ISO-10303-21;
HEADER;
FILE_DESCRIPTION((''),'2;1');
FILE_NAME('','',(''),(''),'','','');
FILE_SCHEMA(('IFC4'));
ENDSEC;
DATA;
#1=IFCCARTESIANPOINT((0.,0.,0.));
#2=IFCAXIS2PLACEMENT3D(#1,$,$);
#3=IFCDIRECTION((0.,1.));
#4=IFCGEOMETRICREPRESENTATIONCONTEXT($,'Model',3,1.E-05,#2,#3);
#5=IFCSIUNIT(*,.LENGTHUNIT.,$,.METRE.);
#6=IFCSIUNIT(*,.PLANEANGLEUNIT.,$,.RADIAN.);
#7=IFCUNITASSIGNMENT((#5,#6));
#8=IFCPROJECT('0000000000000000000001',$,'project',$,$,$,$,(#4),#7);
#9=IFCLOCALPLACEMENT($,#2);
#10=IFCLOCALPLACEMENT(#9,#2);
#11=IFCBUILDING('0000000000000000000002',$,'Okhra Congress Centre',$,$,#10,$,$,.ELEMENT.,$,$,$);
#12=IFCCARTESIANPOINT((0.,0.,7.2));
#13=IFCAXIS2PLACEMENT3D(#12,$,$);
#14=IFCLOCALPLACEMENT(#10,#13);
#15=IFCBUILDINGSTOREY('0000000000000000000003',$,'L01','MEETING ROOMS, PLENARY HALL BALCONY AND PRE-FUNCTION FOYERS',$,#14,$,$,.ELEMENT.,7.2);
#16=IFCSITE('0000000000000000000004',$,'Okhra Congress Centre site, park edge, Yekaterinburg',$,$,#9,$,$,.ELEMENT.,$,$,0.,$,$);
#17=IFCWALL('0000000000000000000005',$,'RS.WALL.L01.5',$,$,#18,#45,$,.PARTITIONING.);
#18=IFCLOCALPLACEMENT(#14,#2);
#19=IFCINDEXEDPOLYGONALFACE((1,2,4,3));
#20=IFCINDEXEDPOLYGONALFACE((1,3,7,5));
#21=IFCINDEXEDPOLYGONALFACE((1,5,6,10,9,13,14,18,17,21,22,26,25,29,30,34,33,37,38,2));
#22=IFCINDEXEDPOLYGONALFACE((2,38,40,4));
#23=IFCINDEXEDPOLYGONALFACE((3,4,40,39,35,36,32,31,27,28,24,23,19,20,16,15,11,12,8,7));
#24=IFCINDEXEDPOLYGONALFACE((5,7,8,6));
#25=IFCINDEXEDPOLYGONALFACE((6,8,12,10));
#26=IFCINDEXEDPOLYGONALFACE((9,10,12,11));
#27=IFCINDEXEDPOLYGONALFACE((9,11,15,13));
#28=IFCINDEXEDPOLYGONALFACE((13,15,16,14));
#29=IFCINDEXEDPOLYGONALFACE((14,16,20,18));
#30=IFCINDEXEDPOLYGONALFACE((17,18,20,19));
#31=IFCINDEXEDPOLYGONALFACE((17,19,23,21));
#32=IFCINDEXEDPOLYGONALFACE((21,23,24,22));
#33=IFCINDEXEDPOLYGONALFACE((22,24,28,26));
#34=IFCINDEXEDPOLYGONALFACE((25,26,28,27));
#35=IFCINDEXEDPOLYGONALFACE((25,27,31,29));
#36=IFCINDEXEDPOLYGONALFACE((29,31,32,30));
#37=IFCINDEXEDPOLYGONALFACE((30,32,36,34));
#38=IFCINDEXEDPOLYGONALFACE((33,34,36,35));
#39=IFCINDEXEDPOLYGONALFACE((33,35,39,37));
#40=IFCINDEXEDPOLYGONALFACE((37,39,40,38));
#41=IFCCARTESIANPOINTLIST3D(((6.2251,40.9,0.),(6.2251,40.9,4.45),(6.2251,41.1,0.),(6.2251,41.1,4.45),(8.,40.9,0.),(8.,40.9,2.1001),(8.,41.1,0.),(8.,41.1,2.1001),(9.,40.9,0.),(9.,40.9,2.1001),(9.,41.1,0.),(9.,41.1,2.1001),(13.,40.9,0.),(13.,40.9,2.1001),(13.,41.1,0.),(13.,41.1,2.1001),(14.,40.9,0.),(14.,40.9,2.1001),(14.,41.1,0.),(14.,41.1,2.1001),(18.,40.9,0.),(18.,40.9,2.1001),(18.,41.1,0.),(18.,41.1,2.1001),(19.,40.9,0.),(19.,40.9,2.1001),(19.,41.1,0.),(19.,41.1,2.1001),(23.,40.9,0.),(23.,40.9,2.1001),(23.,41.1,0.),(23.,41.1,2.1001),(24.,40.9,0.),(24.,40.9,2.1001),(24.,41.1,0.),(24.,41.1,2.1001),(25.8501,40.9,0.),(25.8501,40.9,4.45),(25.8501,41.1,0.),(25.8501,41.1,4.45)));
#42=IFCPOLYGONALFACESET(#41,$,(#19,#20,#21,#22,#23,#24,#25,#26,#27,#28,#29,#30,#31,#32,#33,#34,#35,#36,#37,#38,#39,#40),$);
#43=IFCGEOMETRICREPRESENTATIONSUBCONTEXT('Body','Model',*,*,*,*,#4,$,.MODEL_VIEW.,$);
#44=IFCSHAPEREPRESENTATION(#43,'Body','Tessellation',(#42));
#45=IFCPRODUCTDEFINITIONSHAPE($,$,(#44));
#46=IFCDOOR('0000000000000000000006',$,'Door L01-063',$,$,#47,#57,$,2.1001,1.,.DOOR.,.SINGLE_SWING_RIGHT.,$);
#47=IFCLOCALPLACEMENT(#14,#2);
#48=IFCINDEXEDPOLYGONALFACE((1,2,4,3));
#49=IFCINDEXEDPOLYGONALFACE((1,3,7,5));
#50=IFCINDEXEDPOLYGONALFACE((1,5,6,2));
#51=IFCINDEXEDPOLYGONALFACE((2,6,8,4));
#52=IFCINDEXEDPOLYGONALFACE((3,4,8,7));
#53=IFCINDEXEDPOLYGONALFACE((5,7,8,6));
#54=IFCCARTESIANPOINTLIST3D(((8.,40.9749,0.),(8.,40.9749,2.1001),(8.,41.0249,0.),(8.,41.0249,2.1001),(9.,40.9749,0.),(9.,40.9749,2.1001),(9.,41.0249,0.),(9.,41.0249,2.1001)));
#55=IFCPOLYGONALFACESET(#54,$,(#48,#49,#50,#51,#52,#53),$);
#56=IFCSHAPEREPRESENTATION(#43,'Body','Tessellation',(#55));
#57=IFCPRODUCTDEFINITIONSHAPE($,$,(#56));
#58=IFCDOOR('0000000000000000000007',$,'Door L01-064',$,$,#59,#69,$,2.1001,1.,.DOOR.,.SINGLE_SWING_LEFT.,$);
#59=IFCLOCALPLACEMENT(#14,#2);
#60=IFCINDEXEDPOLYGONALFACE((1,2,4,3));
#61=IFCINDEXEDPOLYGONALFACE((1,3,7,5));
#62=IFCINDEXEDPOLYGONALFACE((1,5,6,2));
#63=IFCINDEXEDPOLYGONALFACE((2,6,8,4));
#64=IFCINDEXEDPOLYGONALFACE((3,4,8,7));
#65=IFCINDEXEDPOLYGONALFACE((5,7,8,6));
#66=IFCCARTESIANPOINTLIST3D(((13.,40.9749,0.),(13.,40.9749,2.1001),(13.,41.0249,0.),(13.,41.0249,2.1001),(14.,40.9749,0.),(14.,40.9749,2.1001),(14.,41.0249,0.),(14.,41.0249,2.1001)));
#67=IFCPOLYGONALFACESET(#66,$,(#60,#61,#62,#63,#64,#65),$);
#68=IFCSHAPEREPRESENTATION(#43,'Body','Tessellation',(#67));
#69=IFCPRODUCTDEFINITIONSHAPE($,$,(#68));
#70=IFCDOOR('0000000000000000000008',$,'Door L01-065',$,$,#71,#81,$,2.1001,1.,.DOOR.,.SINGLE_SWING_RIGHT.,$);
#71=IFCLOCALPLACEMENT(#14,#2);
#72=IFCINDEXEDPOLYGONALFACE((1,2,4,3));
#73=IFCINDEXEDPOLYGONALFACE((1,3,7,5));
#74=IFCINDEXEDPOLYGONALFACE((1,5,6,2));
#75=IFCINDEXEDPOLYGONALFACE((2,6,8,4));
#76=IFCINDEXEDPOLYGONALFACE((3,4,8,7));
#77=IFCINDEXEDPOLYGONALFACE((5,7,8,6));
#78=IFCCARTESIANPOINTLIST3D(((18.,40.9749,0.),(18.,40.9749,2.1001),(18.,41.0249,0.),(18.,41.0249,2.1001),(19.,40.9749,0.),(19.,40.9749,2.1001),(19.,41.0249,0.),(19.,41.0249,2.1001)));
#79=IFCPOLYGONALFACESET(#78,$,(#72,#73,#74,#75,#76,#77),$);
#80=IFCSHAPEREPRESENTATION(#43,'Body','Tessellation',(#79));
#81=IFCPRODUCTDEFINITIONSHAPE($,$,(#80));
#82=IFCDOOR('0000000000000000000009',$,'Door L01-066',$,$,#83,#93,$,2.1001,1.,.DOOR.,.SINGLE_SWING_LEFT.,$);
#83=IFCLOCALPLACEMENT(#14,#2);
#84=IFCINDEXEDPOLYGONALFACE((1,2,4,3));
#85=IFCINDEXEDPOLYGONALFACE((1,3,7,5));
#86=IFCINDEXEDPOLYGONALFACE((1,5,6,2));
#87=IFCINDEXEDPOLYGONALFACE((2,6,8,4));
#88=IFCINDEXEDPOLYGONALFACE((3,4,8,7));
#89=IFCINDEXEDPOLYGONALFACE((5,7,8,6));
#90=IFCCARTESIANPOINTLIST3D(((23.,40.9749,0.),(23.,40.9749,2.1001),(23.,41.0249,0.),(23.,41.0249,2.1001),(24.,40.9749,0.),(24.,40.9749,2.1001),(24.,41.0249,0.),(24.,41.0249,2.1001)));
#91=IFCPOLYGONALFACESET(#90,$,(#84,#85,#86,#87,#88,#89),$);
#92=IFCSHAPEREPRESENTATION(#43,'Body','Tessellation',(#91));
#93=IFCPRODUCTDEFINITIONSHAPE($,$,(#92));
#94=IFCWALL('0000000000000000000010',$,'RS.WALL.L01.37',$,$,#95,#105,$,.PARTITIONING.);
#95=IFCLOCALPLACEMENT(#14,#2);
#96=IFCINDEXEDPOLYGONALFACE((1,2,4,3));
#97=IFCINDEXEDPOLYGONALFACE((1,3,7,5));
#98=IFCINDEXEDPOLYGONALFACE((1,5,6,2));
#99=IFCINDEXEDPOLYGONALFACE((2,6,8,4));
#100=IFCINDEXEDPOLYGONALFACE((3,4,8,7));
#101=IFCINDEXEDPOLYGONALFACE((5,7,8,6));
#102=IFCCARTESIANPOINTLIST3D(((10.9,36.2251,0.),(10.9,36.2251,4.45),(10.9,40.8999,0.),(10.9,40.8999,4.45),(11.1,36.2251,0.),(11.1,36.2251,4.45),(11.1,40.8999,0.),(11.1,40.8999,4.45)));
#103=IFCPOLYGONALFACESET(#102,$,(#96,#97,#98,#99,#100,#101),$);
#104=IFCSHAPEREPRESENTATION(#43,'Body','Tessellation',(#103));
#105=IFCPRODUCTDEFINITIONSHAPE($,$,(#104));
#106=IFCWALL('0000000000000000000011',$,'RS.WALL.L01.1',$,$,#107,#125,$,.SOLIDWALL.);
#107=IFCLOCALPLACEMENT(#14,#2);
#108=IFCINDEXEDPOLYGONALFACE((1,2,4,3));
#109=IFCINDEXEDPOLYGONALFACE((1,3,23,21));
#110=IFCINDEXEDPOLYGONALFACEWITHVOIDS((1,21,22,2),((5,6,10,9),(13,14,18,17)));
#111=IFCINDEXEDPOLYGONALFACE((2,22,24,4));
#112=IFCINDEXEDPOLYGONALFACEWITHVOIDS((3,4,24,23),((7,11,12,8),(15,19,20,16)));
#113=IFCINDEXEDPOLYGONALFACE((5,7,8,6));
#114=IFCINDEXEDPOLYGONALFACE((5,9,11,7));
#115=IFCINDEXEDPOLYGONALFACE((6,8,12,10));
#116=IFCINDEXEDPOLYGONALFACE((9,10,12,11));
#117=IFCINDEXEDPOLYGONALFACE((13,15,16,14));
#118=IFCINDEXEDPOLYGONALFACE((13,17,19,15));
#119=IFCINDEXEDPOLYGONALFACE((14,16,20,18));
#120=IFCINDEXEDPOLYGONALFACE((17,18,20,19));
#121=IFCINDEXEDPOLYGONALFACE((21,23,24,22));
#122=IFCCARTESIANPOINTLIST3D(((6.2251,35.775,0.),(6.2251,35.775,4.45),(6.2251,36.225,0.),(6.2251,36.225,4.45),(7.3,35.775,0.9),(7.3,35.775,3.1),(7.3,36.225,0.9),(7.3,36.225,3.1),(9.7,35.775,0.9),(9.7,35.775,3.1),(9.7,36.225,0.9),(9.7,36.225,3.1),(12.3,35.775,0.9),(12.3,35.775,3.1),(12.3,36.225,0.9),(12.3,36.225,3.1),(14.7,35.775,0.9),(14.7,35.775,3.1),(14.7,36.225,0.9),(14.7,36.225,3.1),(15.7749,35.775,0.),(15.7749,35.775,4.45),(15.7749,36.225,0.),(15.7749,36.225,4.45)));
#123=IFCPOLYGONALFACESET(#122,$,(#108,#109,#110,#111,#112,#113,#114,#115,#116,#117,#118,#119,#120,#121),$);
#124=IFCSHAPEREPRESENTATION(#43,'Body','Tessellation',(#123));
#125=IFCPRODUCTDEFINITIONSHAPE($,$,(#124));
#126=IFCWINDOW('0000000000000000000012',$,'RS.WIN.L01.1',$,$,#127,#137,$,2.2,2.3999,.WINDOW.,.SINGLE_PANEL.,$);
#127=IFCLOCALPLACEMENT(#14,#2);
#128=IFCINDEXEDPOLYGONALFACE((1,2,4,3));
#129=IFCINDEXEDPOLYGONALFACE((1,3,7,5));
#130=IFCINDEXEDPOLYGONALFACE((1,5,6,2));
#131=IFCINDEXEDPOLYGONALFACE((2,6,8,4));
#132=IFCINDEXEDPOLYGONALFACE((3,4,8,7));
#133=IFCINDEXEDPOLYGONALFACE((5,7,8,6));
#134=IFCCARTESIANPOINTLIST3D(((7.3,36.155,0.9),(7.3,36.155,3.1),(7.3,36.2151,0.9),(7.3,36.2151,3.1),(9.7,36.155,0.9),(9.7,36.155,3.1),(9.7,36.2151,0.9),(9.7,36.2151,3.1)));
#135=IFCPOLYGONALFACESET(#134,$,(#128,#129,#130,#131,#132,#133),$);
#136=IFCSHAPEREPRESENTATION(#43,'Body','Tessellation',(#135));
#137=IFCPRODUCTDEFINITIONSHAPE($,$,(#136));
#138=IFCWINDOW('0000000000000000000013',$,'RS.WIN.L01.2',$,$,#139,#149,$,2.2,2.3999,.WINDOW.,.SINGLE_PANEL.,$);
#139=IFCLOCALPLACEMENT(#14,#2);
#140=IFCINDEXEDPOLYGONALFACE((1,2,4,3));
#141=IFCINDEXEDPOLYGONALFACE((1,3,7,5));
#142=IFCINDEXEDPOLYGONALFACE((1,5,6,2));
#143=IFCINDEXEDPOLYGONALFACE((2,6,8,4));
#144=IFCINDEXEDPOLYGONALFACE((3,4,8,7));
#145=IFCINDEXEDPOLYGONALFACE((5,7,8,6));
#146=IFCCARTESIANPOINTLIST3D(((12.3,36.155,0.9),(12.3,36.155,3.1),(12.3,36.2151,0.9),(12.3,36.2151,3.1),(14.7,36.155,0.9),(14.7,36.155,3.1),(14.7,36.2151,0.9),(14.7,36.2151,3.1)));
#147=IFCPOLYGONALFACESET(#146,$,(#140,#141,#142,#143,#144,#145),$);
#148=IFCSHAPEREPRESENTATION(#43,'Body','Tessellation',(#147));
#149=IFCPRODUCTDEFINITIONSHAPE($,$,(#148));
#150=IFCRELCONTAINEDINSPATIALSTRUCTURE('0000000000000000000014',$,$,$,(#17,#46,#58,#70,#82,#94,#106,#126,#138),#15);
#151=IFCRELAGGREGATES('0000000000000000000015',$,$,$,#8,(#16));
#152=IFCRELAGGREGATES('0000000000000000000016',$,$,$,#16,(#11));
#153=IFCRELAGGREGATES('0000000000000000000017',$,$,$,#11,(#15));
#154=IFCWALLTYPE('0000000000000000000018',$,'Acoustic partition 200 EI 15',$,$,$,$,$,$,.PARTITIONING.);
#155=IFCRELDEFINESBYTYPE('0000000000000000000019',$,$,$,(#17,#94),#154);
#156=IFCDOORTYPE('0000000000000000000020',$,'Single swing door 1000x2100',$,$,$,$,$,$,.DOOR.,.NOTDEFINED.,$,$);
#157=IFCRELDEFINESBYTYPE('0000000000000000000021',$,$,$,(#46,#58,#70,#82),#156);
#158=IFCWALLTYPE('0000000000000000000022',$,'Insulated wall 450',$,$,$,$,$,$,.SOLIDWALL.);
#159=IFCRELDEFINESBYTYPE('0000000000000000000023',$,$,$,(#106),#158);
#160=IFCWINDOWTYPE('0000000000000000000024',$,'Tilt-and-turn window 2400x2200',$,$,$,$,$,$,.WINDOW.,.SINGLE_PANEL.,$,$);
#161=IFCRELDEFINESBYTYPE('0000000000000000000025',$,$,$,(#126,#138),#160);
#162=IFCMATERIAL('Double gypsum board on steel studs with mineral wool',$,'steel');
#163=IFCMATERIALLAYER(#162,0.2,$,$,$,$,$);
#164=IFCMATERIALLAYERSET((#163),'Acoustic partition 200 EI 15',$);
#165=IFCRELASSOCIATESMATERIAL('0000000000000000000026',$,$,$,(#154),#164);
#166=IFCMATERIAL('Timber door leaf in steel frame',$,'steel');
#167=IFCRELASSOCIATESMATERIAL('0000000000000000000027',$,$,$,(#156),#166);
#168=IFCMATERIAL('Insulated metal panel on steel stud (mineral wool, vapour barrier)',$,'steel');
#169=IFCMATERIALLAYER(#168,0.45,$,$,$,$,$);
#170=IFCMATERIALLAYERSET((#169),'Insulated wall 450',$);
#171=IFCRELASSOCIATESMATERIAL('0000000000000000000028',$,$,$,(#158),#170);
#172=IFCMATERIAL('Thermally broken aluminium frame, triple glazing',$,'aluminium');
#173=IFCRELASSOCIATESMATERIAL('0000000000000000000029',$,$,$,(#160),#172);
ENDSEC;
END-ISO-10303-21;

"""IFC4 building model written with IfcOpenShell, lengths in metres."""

from ifc_helpers import new_model, si_unit, direction, frame, frame_2d, origin, place, context, subcontext, project, spatial, rectangle, extrude, material, layer, layer_set, type_object, element, fill, save


model = new_model("IFC4")

# Units and contexts
model_context = context("Model", 3, precision=1e-05, world=origin(), true_north=direction((0.0, 1.0)))
body_context = subcontext(model_context, "Body", "Model", "MODEL_VIEW")
ifc_project = project(units=[si_unit("LENGTHUNIT", "METRE"), si_unit("PLANEANGLEUNIT", "RADIAN")], contexts=[model_context])

# Site, building, storey
site_placement = place(None, origin())
site = spatial("IfcSite", under=ifc_project, at=site_placement, Name="Okhra Congress Centre site, park edge, Yekaterinburg", CompositionType="ELEMENT", RefElevation=0.0)
building_placement = place(site_placement, origin())
building = spatial("IfcBuilding", under=site, at=building_placement, Name="Okhra Congress Centre", CompositionType="ELEMENT")
storey_placement = place(building_placement, frame((0.0, 0.0, 7.2)))
storey = spatial("IfcBuildingStorey", under=building, at=storey_placement, Name="L01", Description="MEETING ROOMS, PLENARY HALL BALCONY AND PRE-FUNCTION FOYERS", CompositionType="ELEMENT", Elevation=7.2)

# Wall, openings, doors
ifc_material_1 = material(Name="Double gypsum board on steel studs with mineral wool", Category="steel")
ifc_layer_1 = layer(ifc_material_1, 0.2)
ifc_layer_set_1 = layer_set([ifc_layer_1], Name="Acoustic partition 200 EI 15")
wall_type_1 = type_object("IfcWallType", Name="Acoustic partition 200 EI 15", PredefinedType="PARTITIONING", material=ifc_layer_set_1)
wall_1_placement = place(storey_placement, frame((6.2251, 41.0, 0.0), z_axis=(0.0, 0.0, 1.0), x_axis=(1.0, 0.0, 0.0)))
wall_1 = element("IfcWall", 1, at=wall_1_placement, inside=storey, type_object=wall_type_1, Name="RS.WALL.L01.5", PredefinedType="PARTITIONING", context=body_context, shape_type="SweptSolid", body=[
    extrude(rectangle(XDim=19.625, YDim=0.2, at=frame_2d((9.8125, 0.0))), origin(), (0.0, 0.0, 1.0), 4.45),
])
opening_1_placement = place(wall_1_placement, frame((1.7749, 0.0, 0.0)))
opening_1 = element("IfcOpeningElement", 2, at=opening_1_placement, cuts=wall_1, PredefinedType="OPENING", context=body_context, shape_type="SweptSolid", body=[
    extrude(rectangle(XDim=1.0, YDim=2.1001, at=frame_2d((0.5, 1.05))), frame((0.0, 0.1099, 0.0), z_axis=(0.0, -1.0, 0.0), x_axis=(1.0, 0.0, 0.0)), (0.0, 0.0, 1.0), 0.22),
])
opening_2_placement = place(wall_1_placement, frame((6.7749, 0.0, 0.0)))
opening_2 = element("IfcOpeningElement", 3, at=opening_2_placement, cuts=wall_1, PredefinedType="OPENING", context=body_context, shape_type="SweptSolid", body=[
    extrude(rectangle(XDim=1.0, YDim=2.1001, at=frame_2d((0.5, 1.05))), frame((0.0, 0.1099, 0.0), z_axis=(0.0, -1.0, 0.0), x_axis=(1.0, 0.0, 0.0)), (0.0, 0.0, 1.0), 0.22),
])
opening_3_placement = place(wall_1_placement, frame((11.7749, 0.0, 0.0)))
opening_3 = element("IfcOpeningElement", 4, at=opening_3_placement, cuts=wall_1, PredefinedType="OPENING", context=body_context, shape_type="SweptSolid", body=[
    extrude(rectangle(XDim=1.0, YDim=2.1001, at=frame_2d((0.5, 1.05))), frame((0.0, 0.1099, 0.0), z_axis=(0.0, -1.0, 0.0), x_axis=(1.0, 0.0, 0.0)), (0.0, 0.0, 1.0), 0.22),
])
opening_4_placement = place(wall_1_placement, frame((16.7749, 0.0, 0.0)))
opening_4 = element("IfcOpeningElement", 5, at=opening_4_placement, cuts=wall_1, PredefinedType="OPENING", context=body_context, shape_type="SweptSolid", body=[
    extrude(rectangle(XDim=1.0, YDim=2.1001, at=frame_2d((0.5, 1.05))), frame((0.0, 0.1099, 0.0), z_axis=(0.0, -1.0, 0.0), x_axis=(1.0, 0.0, 0.0)), (0.0, 0.0, 1.0), 0.22),
])
ifc_material_2 = material(Name="Timber door leaf in steel frame", Category="steel")
door_type = type_object("IfcDoorType", Name="Single swing door 1000x2100", OperationType="NOTDEFINED", PredefinedType="DOOR", material=ifc_material_2)
door_1_placement = place(opening_1_placement, origin())
door_1 = element("IfcDoor", 6, at=door_1_placement, inside=storey, type_object=door_type, Name="Door L01-063", OperationType="SINGLE_SWING_RIGHT", OverallHeight=2.1001, OverallWidth=1.0, PredefinedType="DOOR", context=body_context, shape_type="SweptSolid", body=[
    extrude(rectangle(XDim=1.0, YDim=2.1001, at=frame_2d((0.5, 1.05))), frame((0.0, 0.0249, 0.0), z_axis=(0.0, -1.0, 0.0), x_axis=(1.0, 0.0, 0.0)), (0.0, 0.0, 1.0), 0.05),
])
fill(opening_1, door_1)
door_2_placement = place(opening_2_placement, origin())
door_2 = element("IfcDoor", 7, at=door_2_placement, inside=storey, type_object=door_type, Name="Door L01-064", OperationType="SINGLE_SWING_LEFT", OverallHeight=2.1001, OverallWidth=1.0, PredefinedType="DOOR", context=body_context, shape_type="SweptSolid", body=[
    extrude(rectangle(XDim=1.0, YDim=2.1001, at=frame_2d((0.5, 1.05))), frame((0.0, 0.0249, 0.0), z_axis=(0.0, -1.0, 0.0), x_axis=(1.0, 0.0, 0.0)), (0.0, 0.0, 1.0), 0.05),
])
fill(opening_2, door_2)
door_3_placement = place(opening_3_placement, origin())
door_3 = element("IfcDoor", 8, at=door_3_placement, inside=storey, type_object=door_type, Name="Door L01-065", OperationType="SINGLE_SWING_RIGHT", OverallHeight=2.1001, OverallWidth=1.0, PredefinedType="DOOR", context=body_context, shape_type="SweptSolid", body=[
    extrude(rectangle(XDim=1.0, YDim=2.1001, at=frame_2d((0.5, 1.05))), frame((0.0, 0.0249, 0.0), z_axis=(0.0, -1.0, 0.0), x_axis=(1.0, 0.0, 0.0)), (0.0, 0.0, 1.0), 0.05),
])
fill(opening_3, door_3)
door_4_placement = place(opening_4_placement, origin())
door_4 = element("IfcDoor", 9, at=door_4_placement, inside=storey, type_object=door_type, Name="Door L01-066", OperationType="SINGLE_SWING_LEFT", OverallHeight=2.1001, OverallWidth=1.0, PredefinedType="DOOR", context=body_context, shape_type="SweptSolid", body=[
    extrude(rectangle(XDim=1.0, YDim=2.1001, at=frame_2d((0.5, 1.05))), frame((0.0, 0.0249, 0.0), z_axis=(0.0, -1.0, 0.0), x_axis=(1.0, 0.0, 0.0)), (0.0, 0.0, 1.0), 0.05),
])
fill(opening_4, door_4)

# Wall
wall_2_placement = place(storey_placement, frame((11.0, 36.2251, 0.0), z_axis=(0.0, 0.0, 1.0), x_axis=(0.0, 1.0, 0.0)))
element("IfcWall", 10, at=wall_2_placement, inside=storey, type_object=wall_type_1, Name="RS.WALL.L01.37", PredefinedType="PARTITIONING", context=body_context, shape_type="SweptSolid", body=[
    extrude(rectangle(XDim=4.6748, YDim=0.2, at=frame_2d((2.3374, 0.0))), origin(), (0.0, 0.0, 1.0), 4.45),
])

# Wall, openings, windows
ifc_material_3 = material(Name="Insulated metal panel on steel stud (mineral wool, vapour barrier)", Category="steel")
ifc_layer_2 = layer(ifc_material_3, 0.45)
ifc_layer_set_2 = layer_set([ifc_layer_2], Name="Insulated wall 450")
wall_type_2 = type_object("IfcWallType", Name="Insulated wall 450", PredefinedType="SOLIDWALL", material=ifc_layer_set_2)
wall_3_placement = place(storey_placement, frame((6.2251, 36.0, 0.0), z_axis=(0.0, 0.0, 1.0), x_axis=(1.0, 0.0, 0.0)))
wall_3 = element("IfcWall", 11, at=wall_3_placement, inside=storey, type_object=wall_type_2, Name="RS.WALL.L01.1", PredefinedType="SOLIDWALL", context=body_context, shape_type="SweptSolid", body=[
    extrude(rectangle(XDim=9.5498, YDim=0.45, at=frame_2d((4.7749, 0.0))), origin(), (0.0, 0.0, 1.0), 4.45),
])
opening_5_placement = place(wall_3_placement, frame((1.075, 0.0, 0.8999)))
opening_5 = element("IfcOpeningElement", 12, at=opening_5_placement, cuts=wall_3, PredefinedType="OPENING", context=body_context, shape_type="SweptSolid", body=[
    extrude(rectangle(XDim=2.3999, YDim=2.2, at=frame_2d((1.2, 1.1001))), frame((0.0, 0.2349, 0.0), z_axis=(0.0, -1.0, 0.0), x_axis=(1.0, 0.0, 0.0)), (0.0, 0.0, 1.0), 0.47),
])
opening_6_placement = place(wall_3_placement, frame((6.075, 0.0, 0.8999)))
opening_6 = element("IfcOpeningElement", 13, at=opening_6_placement, cuts=wall_3, PredefinedType="OPENING", context=body_context, shape_type="SweptSolid", body=[
    extrude(rectangle(XDim=2.3999, YDim=2.2, at=frame_2d((1.2, 1.1001))), frame((0.0, 0.2349, 0.0), z_axis=(0.0, -1.0, 0.0), x_axis=(1.0, 0.0, 0.0)), (0.0, 0.0, 1.0), 0.47),
])
ifc_material_4 = material(Name="Thermally broken aluminium frame, triple glazing", Category="aluminium")
window_type = type_object("IfcWindowType", Name="Tilt-and-turn window 2400x2200", PartitioningType="SINGLE_PANEL", PredefinedType="WINDOW", material=ifc_material_4)
window_1_placement = place(opening_5_placement, origin())
window_1 = element("IfcWindow", 14, at=window_1_placement, inside=storey, type_object=window_type, Name="RS.WIN.L01.1", OverallHeight=2.2, OverallWidth=2.3999, PartitioningType="SINGLE_PANEL", PredefinedType="WINDOW", context=body_context, shape_type="SweptSolid", body=[
    extrude(rectangle(XDim=2.3999, YDim=2.2, at=frame_2d((1.2, 1.1001))), frame((0.0, 0.2151, 0.0), z_axis=(0.0, -1.0, 0.0), x_axis=(1.0, 0.0, 0.0)), (0.0, 0.0, 1.0), 0.0601),
])
fill(opening_5, window_1)
window_2_placement = place(opening_6_placement, origin())
window_2 = element("IfcWindow", 15, at=window_2_placement, inside=storey, type_object=window_type, Name="RS.WIN.L01.2", OverallHeight=2.2, OverallWidth=2.3999, PartitioningType="SINGLE_PANEL", PredefinedType="WINDOW", context=body_context, shape_type="SweptSolid", body=[
    extrude(rectangle(XDim=2.3999, YDim=2.2, at=frame_2d((1.2, 1.1001))), frame((0.0, 0.2151, 0.0), z_axis=(0.0, -1.0, 0.0), x_axis=(1.0, 0.0, 0.0)), (0.0, 0.0, 1.0), 0.0601),
])
fill(opening_6, window_2)

save(model, "model.ifc")
